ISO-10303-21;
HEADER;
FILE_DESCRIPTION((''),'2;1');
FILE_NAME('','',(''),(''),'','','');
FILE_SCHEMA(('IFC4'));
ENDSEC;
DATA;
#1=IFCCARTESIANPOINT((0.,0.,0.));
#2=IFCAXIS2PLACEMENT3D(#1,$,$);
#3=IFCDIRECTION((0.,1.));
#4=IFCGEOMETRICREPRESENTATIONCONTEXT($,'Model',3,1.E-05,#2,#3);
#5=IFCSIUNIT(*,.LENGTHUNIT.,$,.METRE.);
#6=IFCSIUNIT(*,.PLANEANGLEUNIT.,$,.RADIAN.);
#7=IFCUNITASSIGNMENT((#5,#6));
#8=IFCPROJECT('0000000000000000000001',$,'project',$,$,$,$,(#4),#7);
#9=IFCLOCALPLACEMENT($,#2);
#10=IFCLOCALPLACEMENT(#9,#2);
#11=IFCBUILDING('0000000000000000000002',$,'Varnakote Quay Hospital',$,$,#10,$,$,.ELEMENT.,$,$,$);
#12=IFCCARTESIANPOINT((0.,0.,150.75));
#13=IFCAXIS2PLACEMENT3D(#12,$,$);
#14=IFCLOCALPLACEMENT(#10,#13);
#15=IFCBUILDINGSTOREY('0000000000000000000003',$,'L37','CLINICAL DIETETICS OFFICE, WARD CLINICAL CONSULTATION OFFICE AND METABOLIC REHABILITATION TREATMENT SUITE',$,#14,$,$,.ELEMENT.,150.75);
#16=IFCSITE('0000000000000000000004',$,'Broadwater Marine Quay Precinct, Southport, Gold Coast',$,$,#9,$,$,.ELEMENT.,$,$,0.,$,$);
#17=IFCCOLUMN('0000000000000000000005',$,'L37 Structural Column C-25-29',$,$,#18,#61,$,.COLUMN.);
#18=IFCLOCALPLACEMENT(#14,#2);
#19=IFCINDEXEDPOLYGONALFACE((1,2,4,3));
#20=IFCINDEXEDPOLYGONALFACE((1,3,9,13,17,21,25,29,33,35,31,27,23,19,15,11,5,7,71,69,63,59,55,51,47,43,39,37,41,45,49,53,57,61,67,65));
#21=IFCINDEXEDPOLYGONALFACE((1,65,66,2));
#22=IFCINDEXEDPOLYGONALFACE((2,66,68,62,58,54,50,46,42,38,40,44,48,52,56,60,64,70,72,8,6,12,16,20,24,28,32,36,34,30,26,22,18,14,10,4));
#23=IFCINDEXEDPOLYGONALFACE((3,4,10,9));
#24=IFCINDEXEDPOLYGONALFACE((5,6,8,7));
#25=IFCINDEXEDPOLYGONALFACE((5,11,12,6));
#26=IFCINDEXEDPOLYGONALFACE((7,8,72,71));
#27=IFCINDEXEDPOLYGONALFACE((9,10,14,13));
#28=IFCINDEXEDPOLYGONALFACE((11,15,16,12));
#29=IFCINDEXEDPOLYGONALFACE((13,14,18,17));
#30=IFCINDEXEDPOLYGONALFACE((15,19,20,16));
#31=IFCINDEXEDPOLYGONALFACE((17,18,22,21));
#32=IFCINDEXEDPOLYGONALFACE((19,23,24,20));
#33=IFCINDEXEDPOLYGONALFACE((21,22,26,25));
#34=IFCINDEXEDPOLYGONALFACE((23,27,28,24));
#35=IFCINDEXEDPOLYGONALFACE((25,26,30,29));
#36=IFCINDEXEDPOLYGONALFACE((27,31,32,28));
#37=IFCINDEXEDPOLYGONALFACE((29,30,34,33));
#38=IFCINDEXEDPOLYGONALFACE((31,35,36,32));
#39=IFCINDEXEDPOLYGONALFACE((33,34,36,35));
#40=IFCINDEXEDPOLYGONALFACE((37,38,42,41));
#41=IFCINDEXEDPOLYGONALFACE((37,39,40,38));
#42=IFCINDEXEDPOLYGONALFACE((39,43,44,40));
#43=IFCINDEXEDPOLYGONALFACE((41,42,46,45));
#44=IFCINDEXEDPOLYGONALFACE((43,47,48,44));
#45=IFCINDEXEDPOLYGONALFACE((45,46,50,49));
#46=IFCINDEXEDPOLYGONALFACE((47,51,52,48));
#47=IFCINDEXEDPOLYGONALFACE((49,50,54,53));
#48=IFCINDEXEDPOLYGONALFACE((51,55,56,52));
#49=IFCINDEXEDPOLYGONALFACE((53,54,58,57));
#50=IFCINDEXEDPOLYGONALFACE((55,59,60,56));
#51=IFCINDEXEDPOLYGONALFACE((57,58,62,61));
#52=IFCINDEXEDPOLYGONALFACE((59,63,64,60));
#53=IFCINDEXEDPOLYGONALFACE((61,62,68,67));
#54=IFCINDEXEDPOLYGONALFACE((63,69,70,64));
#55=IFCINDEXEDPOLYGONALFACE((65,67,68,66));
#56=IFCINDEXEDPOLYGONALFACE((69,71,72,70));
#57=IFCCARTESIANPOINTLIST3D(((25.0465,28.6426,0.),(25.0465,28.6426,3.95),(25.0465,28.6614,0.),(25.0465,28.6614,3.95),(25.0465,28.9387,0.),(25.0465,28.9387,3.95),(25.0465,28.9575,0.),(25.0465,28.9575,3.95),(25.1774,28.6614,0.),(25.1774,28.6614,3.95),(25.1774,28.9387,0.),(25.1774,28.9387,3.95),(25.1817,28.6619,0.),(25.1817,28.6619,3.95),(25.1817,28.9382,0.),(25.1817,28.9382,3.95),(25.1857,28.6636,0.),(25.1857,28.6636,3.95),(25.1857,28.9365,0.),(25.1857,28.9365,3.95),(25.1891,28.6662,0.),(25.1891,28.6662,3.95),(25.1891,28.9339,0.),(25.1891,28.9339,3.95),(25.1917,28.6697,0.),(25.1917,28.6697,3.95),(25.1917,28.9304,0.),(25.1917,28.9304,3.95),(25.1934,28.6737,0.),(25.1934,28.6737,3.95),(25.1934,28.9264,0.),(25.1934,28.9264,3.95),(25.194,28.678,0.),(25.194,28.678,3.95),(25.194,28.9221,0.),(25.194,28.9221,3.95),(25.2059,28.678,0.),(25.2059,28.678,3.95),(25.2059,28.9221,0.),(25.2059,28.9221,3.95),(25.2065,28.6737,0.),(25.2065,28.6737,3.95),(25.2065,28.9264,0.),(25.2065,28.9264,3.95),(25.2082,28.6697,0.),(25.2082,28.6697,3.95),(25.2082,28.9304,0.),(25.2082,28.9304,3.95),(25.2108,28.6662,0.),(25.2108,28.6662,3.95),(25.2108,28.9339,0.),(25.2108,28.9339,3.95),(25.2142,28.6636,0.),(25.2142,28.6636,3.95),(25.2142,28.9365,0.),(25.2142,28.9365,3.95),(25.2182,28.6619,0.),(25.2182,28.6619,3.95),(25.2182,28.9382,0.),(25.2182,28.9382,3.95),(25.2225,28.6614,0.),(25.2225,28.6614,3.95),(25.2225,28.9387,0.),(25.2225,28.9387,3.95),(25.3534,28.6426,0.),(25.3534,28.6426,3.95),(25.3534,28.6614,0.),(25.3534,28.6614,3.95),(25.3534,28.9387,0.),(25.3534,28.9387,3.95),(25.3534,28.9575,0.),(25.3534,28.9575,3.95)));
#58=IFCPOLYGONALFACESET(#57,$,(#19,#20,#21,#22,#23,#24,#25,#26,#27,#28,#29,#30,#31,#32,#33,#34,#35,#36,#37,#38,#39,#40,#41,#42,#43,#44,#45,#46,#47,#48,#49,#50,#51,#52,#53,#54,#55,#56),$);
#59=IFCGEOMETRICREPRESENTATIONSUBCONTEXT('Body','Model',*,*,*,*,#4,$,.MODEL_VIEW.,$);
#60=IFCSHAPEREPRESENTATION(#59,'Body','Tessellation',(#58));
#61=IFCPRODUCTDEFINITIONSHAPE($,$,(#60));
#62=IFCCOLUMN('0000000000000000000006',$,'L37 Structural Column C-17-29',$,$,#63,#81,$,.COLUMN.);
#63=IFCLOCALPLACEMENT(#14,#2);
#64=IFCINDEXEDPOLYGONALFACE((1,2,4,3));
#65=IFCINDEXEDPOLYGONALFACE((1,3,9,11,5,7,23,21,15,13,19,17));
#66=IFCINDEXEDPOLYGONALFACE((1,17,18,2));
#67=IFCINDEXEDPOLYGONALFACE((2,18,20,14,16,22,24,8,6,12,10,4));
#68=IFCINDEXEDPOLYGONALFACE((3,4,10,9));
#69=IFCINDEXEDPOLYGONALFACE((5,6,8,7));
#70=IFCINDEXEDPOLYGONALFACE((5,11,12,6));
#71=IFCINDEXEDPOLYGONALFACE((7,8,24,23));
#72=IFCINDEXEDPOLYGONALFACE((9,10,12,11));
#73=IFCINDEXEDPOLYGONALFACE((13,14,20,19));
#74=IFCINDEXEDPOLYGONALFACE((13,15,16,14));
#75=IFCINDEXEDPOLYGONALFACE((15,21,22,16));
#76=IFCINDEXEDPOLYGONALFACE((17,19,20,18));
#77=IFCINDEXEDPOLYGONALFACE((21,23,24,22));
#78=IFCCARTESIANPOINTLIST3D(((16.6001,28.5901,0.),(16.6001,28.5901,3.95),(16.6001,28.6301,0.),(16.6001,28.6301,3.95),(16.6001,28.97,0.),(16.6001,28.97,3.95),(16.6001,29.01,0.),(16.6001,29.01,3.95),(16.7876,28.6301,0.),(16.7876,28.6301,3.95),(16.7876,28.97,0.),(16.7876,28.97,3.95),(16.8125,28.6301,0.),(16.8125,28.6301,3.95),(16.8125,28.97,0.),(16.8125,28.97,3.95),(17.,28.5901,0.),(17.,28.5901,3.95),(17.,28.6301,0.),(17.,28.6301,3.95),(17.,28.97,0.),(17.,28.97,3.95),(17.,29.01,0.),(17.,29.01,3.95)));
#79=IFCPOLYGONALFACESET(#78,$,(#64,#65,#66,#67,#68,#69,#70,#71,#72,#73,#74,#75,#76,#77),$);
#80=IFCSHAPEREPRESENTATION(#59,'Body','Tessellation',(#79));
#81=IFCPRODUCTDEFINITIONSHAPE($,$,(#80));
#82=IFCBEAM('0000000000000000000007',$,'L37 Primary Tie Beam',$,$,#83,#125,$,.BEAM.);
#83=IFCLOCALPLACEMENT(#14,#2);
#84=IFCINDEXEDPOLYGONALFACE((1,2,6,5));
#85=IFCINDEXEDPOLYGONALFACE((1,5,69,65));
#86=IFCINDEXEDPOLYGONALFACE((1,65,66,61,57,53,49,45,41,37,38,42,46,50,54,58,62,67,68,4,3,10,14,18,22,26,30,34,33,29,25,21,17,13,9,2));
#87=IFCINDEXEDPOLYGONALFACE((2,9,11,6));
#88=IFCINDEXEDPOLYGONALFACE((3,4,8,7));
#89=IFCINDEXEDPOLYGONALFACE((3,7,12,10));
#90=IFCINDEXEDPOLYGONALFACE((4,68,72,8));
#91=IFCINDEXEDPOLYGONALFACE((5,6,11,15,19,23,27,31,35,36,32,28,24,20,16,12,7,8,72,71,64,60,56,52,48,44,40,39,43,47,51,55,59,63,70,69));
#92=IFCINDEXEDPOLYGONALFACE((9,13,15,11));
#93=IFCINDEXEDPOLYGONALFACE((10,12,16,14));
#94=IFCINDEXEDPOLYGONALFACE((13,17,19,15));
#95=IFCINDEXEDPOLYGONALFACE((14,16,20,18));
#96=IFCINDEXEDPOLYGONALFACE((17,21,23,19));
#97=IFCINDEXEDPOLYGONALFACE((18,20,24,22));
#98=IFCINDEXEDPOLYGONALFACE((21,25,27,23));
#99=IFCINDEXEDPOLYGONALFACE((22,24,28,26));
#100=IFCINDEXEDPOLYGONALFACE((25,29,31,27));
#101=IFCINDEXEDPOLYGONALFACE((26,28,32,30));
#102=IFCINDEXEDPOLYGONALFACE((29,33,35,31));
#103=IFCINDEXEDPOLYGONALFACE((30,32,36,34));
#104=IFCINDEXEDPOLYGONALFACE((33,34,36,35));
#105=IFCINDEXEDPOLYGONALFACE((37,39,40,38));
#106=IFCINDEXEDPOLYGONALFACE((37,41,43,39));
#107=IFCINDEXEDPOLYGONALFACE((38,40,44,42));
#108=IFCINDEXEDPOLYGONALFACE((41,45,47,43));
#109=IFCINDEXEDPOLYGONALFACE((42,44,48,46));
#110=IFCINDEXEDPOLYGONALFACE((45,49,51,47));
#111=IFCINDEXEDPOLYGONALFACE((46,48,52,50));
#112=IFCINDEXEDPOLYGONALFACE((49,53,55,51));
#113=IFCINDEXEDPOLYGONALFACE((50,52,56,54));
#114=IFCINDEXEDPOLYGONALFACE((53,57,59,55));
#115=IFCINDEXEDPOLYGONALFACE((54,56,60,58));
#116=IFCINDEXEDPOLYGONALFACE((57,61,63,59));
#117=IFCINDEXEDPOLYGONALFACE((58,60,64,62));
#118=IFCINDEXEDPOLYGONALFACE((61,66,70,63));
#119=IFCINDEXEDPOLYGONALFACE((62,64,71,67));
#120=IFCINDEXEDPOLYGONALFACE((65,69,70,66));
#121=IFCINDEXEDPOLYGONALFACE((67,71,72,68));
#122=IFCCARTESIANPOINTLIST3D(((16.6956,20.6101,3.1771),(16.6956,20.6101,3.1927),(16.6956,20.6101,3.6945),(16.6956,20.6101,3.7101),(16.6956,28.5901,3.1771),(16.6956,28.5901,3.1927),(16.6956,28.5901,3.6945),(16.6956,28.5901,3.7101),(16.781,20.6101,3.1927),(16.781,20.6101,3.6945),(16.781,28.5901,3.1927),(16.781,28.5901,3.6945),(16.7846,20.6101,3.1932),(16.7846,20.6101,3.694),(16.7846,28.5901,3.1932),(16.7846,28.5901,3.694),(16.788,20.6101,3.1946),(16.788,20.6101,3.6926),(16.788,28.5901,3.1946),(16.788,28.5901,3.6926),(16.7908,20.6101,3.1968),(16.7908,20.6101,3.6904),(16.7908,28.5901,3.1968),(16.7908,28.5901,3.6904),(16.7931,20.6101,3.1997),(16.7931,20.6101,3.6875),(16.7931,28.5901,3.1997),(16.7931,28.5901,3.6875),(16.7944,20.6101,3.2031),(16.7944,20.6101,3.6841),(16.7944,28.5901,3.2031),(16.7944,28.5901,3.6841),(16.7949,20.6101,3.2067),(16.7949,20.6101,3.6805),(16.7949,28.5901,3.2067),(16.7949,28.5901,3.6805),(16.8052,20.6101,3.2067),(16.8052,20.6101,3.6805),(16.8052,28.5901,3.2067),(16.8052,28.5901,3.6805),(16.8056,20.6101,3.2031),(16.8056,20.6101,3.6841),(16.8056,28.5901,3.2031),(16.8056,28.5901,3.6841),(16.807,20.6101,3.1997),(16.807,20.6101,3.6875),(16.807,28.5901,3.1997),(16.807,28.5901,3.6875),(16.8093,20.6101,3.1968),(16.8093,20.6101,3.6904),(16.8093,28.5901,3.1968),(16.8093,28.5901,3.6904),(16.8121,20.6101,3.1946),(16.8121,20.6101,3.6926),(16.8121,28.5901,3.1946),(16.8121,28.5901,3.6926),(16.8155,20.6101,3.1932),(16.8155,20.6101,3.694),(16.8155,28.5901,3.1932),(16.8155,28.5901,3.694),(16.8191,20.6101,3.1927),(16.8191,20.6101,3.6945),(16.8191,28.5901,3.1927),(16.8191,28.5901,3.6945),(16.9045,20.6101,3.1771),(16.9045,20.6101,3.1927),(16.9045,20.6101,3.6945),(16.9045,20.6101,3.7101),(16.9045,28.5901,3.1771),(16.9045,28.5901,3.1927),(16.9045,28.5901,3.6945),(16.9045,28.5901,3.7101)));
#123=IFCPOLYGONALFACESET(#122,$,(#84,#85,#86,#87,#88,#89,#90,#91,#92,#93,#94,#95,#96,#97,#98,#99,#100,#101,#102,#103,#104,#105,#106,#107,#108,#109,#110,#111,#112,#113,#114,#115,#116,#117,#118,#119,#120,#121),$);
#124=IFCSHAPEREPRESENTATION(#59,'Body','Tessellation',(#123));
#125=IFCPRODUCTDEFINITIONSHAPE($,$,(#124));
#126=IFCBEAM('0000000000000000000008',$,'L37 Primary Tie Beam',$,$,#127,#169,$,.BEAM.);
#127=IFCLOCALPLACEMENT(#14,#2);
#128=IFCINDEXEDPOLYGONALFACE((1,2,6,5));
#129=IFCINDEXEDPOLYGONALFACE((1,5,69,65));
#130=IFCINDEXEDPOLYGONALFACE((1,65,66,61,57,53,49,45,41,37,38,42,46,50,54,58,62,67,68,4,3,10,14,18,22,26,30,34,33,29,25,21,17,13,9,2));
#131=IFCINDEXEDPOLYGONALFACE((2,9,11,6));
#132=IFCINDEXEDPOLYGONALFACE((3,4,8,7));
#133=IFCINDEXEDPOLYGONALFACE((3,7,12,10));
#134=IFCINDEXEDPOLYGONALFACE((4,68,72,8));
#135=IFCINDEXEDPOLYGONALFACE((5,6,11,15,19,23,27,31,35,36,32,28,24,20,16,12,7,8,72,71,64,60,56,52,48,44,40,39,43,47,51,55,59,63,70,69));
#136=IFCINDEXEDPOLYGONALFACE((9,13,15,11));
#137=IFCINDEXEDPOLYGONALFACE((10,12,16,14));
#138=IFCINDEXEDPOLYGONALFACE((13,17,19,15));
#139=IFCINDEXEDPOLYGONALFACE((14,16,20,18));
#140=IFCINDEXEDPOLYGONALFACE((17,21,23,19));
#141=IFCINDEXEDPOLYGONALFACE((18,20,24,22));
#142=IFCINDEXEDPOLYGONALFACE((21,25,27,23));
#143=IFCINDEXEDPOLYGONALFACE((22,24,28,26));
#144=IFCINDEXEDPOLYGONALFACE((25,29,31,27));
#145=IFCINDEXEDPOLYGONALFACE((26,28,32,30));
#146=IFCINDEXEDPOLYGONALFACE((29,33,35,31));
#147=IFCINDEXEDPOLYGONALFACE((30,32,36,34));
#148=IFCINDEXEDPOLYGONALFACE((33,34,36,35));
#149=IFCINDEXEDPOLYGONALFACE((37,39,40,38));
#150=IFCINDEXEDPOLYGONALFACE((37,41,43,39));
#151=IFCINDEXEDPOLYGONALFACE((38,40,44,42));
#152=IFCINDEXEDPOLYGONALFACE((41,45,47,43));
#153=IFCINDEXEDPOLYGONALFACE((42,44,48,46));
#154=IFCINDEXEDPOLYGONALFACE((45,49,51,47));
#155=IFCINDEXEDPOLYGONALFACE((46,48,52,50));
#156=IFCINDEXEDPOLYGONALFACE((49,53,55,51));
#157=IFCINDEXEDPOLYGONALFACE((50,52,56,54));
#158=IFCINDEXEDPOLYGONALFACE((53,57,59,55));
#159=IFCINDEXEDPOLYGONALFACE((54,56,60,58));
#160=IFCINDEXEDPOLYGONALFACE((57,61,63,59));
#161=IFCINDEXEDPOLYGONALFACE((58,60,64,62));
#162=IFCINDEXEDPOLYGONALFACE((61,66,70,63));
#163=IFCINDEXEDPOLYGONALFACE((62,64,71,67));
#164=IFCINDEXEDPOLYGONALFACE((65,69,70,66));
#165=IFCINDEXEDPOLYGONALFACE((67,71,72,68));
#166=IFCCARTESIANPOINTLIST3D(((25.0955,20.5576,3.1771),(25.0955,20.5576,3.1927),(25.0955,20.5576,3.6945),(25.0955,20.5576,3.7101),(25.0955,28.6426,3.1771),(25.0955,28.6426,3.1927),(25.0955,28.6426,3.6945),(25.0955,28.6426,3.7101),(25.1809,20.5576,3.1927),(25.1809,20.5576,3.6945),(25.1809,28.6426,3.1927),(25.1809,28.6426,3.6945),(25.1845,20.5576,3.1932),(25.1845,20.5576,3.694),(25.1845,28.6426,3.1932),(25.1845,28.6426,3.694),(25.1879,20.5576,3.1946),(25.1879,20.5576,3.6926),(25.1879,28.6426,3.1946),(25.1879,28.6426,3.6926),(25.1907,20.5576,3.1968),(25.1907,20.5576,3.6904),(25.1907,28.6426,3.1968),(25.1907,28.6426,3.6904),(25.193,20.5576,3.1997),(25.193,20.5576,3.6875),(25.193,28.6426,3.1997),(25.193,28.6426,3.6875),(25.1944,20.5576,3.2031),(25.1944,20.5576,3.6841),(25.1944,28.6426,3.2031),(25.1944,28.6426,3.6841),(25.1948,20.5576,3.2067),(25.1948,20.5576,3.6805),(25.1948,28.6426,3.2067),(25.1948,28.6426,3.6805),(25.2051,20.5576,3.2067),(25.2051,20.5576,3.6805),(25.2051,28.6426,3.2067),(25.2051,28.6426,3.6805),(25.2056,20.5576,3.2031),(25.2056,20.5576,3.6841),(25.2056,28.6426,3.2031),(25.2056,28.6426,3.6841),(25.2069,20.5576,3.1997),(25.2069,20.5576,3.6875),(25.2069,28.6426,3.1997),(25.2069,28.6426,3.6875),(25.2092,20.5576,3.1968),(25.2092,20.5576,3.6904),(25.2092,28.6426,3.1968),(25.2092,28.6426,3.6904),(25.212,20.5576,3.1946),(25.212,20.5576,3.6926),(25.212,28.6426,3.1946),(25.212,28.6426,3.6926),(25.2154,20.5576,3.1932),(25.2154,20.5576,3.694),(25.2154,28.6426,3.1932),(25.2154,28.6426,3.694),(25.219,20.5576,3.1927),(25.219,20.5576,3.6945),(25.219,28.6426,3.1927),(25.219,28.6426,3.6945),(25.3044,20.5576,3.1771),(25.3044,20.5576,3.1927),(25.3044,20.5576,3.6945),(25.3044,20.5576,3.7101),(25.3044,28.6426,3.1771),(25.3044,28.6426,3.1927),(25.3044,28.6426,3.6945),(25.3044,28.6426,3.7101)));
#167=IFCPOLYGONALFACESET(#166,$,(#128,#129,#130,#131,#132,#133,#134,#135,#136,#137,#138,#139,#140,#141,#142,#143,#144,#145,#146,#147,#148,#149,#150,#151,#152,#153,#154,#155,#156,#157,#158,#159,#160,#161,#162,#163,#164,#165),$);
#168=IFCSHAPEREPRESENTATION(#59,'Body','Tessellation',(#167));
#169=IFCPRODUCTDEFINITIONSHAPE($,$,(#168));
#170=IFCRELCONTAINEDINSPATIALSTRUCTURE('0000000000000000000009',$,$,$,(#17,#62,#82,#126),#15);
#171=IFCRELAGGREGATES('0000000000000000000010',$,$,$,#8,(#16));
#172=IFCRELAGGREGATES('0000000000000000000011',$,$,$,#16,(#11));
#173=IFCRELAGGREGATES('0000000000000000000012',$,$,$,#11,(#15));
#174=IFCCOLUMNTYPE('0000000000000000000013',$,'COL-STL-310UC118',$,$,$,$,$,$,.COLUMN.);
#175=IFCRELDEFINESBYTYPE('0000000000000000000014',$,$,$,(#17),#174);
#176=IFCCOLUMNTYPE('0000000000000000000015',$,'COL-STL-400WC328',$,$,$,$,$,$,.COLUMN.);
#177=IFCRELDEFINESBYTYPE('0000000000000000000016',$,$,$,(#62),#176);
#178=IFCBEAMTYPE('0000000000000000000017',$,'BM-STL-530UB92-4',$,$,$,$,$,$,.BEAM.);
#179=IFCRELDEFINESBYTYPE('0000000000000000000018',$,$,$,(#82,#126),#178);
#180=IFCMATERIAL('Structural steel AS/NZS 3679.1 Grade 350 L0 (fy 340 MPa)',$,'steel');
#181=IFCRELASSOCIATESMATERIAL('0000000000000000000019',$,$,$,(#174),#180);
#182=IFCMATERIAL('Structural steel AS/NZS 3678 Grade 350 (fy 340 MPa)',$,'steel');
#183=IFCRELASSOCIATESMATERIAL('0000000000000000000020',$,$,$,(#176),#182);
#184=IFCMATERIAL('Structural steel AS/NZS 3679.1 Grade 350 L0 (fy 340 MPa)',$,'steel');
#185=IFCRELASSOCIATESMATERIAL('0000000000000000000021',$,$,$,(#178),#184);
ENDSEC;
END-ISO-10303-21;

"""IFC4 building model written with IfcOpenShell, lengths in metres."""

from ifc_helpers import new_model, si_unit, direction, frame, origin, origin_2d, place, context, subcontext, project, spatial, i_section, extrude, material, material_profile, profile_set, type_object, element, save


model = new_model("IFC4")

# Units and contexts
model_context = context("Model", 3, precision=1e-05, world=origin(), true_north=direction((0.0, 1.0)))
body_context = subcontext(model_context, "Body", "Model", "MODEL_VIEW")
ifc_project = project(units=[si_unit("LENGTHUNIT", "METRE"), si_unit("PLANEANGLEUNIT", "RADIAN")], contexts=[model_context])

# Site, building, storey
site_placement = place(None, origin())
site = spatial("IfcSite", under=ifc_project, at=site_placement, Name="Broadwater Marine Quay Precinct, Southport, Gold Coast", CompositionType="ELEMENT", RefElevation=0.0)
building_placement = place(site_placement, origin())
building = spatial("IfcBuilding", under=site, at=building_placement, Name="Varnakote Quay Hospital", CompositionType="ELEMENT")
storey_placement = place(building_placement, frame((0.0, 0.0, 150.75)))
storey = spatial("IfcBuildingStorey", under=building, at=storey_placement, Name="L37", Description="CLINICAL DIETETICS OFFICE, WARD CLINICAL CONSULTATION OFFICE AND METABOLIC REHABILITATION TREATMENT SUITE", CompositionType="ELEMENT", Elevation=150.75)

# Columns
ifc_material_1 = material(Name="Structural steel AS/NZS 3679.1 Grade 350 L0 (fy 340 MPa)", Category="steel")
ifc_material_profile_1 = material_profile(ifc_material_1, i_section(OverallWidth=0.3069, OverallDepth=0.3149, WebThickness=0.012, FlangeThickness=0.0188, FilletRadius=0.0166, at=origin_2d()), Name="310UC118")
ifc_profile_set_1 = profile_set([ifc_material_profile_1], Name="Structural steel AS/NZS 3679.1 Grade 350 L0 (fy 340 MPa)")
column_type_1 = type_object("IfcColumnType", Name="COL-STL-310UC118", PredefinedType="COLUMN", material=ifc_profile_set_1)
column_1_placement = place(storey_placement, frame((25.2, 28.8, 0.0), z_axis=(0.0, 0.0, 1.0), x_axis=(1.0, 0.0, 0.0)))
element("IfcColumn", 1, at=column_1_placement, inside=storey, type_object=column_type_1, Name="L37 Structural Column C-25-29", PredefinedType="COLUMN", context=body_context, shape_type="SweptSolid", body=[
    extrude(i_section(OverallWidth=0.3069, OverallDepth=0.3149, WebThickness=0.012, FlangeThickness=0.0188, FilletRadius=0.0166, at=origin_2d()), origin(), (0.0, 0.0, 1.0), 3.95),
])
ifc_material_2 = material(Name="Structural steel AS/NZS 3678 Grade 350 (fy 340 MPa)", Category="steel")
ifc_material_profile_2 = material_profile(ifc_material_2, i_section(OverallWidth=0.3999, OverallDepth=0.4199, WebThickness=0.0249, FlangeThickness=0.04, at=origin_2d()), Name="400WC328")
ifc_profile_set_2 = profile_set([ifc_material_profile_2], Name="Structural steel AS/NZS 3678 Grade 350 (fy 340 MPa)")
column_type_2 = type_object("IfcColumnType", Name="COL-STL-400WC328", PredefinedType="COLUMN", material=ifc_profile_set_2)
column_2_placement = place(storey_placement, frame((16.8, 28.8, 0.0), z_axis=(0.0, 0.0, 1.0), x_axis=(1.0, 0.0, 0.0)))
element("IfcColumn", 2, at=column_2_placement, inside=storey, type_object=column_type_2, Name="L37 Structural Column C-17-29", PredefinedType="COLUMN", context=body_context, shape_type="SweptSolid", body=[
    extrude(i_section(OverallWidth=0.3999, OverallDepth=0.4199, WebThickness=0.0249, FlangeThickness=0.04, at=origin_2d()), origin(), (0.0, 0.0, 1.0), 3.95),
])

# Beams
ifc_material_3 = material(Name="Structural steel AS/NZS 3679.1 Grade 350 L0 (fy 340 MPa)", Category="steel")
ifc_material_profile_3 = material_profile(ifc_material_3, i_section(OverallWidth=0.209, OverallDepth=0.533, WebThickness=0.0103, FlangeThickness=0.0156, FilletRadius=0.0139, at=origin_2d()), Name="530UB92.4")
ifc_profile_set_3 = profile_set([ifc_material_profile_3], Name="Structural steel AS/NZS 3679.1 Grade 350 L0 (fy 340 MPa)")
beam_type_1 = type_object("IfcBeamType", Name="BM-STL-530UB92-4", PredefinedType="BEAM", material=ifc_profile_set_3)
beam_1_placement = place(storey_placement, frame((16.8, 20.6101, 3.4436), z_axis=(0.0, 1.0, 0.0), x_axis=(-1.0, 0.0, 0.0)))
element("IfcBeam", 3, at=beam_1_placement, inside=storey, type_object=beam_type_1, Name="L37 Primary Tie Beam", PredefinedType="BEAM", context=body_context, shape_type="SweptSolid", body=[
    extrude(i_section(OverallWidth=0.209, OverallDepth=0.533, WebThickness=0.0103, FlangeThickness=0.0156, FilletRadius=0.0139, at=origin_2d()), origin(), (0.0, 0.0, 1.0), 7.98),
])
beam_2_placement = place(storey_placement, frame((25.2, 20.5576, 3.4436), z_axis=(0.0, 1.0, 0.0), x_axis=(-1.0, 0.0, 0.0)))
element("IfcBeam", 4, at=beam_2_placement, inside=storey, type_object=beam_type_1, Name="L37 Primary Tie Beam", PredefinedType="BEAM", context=body_context, shape_type="SweptSolid", body=[
    extrude(i_section(OverallWidth=0.209, OverallDepth=0.533, WebThickness=0.0103, FlangeThickness=0.0156, FilletRadius=0.0139, at=origin_2d()), origin(), (0.0, 0.0, 1.0), 8.085),
])

save(model, "model.ifc")
